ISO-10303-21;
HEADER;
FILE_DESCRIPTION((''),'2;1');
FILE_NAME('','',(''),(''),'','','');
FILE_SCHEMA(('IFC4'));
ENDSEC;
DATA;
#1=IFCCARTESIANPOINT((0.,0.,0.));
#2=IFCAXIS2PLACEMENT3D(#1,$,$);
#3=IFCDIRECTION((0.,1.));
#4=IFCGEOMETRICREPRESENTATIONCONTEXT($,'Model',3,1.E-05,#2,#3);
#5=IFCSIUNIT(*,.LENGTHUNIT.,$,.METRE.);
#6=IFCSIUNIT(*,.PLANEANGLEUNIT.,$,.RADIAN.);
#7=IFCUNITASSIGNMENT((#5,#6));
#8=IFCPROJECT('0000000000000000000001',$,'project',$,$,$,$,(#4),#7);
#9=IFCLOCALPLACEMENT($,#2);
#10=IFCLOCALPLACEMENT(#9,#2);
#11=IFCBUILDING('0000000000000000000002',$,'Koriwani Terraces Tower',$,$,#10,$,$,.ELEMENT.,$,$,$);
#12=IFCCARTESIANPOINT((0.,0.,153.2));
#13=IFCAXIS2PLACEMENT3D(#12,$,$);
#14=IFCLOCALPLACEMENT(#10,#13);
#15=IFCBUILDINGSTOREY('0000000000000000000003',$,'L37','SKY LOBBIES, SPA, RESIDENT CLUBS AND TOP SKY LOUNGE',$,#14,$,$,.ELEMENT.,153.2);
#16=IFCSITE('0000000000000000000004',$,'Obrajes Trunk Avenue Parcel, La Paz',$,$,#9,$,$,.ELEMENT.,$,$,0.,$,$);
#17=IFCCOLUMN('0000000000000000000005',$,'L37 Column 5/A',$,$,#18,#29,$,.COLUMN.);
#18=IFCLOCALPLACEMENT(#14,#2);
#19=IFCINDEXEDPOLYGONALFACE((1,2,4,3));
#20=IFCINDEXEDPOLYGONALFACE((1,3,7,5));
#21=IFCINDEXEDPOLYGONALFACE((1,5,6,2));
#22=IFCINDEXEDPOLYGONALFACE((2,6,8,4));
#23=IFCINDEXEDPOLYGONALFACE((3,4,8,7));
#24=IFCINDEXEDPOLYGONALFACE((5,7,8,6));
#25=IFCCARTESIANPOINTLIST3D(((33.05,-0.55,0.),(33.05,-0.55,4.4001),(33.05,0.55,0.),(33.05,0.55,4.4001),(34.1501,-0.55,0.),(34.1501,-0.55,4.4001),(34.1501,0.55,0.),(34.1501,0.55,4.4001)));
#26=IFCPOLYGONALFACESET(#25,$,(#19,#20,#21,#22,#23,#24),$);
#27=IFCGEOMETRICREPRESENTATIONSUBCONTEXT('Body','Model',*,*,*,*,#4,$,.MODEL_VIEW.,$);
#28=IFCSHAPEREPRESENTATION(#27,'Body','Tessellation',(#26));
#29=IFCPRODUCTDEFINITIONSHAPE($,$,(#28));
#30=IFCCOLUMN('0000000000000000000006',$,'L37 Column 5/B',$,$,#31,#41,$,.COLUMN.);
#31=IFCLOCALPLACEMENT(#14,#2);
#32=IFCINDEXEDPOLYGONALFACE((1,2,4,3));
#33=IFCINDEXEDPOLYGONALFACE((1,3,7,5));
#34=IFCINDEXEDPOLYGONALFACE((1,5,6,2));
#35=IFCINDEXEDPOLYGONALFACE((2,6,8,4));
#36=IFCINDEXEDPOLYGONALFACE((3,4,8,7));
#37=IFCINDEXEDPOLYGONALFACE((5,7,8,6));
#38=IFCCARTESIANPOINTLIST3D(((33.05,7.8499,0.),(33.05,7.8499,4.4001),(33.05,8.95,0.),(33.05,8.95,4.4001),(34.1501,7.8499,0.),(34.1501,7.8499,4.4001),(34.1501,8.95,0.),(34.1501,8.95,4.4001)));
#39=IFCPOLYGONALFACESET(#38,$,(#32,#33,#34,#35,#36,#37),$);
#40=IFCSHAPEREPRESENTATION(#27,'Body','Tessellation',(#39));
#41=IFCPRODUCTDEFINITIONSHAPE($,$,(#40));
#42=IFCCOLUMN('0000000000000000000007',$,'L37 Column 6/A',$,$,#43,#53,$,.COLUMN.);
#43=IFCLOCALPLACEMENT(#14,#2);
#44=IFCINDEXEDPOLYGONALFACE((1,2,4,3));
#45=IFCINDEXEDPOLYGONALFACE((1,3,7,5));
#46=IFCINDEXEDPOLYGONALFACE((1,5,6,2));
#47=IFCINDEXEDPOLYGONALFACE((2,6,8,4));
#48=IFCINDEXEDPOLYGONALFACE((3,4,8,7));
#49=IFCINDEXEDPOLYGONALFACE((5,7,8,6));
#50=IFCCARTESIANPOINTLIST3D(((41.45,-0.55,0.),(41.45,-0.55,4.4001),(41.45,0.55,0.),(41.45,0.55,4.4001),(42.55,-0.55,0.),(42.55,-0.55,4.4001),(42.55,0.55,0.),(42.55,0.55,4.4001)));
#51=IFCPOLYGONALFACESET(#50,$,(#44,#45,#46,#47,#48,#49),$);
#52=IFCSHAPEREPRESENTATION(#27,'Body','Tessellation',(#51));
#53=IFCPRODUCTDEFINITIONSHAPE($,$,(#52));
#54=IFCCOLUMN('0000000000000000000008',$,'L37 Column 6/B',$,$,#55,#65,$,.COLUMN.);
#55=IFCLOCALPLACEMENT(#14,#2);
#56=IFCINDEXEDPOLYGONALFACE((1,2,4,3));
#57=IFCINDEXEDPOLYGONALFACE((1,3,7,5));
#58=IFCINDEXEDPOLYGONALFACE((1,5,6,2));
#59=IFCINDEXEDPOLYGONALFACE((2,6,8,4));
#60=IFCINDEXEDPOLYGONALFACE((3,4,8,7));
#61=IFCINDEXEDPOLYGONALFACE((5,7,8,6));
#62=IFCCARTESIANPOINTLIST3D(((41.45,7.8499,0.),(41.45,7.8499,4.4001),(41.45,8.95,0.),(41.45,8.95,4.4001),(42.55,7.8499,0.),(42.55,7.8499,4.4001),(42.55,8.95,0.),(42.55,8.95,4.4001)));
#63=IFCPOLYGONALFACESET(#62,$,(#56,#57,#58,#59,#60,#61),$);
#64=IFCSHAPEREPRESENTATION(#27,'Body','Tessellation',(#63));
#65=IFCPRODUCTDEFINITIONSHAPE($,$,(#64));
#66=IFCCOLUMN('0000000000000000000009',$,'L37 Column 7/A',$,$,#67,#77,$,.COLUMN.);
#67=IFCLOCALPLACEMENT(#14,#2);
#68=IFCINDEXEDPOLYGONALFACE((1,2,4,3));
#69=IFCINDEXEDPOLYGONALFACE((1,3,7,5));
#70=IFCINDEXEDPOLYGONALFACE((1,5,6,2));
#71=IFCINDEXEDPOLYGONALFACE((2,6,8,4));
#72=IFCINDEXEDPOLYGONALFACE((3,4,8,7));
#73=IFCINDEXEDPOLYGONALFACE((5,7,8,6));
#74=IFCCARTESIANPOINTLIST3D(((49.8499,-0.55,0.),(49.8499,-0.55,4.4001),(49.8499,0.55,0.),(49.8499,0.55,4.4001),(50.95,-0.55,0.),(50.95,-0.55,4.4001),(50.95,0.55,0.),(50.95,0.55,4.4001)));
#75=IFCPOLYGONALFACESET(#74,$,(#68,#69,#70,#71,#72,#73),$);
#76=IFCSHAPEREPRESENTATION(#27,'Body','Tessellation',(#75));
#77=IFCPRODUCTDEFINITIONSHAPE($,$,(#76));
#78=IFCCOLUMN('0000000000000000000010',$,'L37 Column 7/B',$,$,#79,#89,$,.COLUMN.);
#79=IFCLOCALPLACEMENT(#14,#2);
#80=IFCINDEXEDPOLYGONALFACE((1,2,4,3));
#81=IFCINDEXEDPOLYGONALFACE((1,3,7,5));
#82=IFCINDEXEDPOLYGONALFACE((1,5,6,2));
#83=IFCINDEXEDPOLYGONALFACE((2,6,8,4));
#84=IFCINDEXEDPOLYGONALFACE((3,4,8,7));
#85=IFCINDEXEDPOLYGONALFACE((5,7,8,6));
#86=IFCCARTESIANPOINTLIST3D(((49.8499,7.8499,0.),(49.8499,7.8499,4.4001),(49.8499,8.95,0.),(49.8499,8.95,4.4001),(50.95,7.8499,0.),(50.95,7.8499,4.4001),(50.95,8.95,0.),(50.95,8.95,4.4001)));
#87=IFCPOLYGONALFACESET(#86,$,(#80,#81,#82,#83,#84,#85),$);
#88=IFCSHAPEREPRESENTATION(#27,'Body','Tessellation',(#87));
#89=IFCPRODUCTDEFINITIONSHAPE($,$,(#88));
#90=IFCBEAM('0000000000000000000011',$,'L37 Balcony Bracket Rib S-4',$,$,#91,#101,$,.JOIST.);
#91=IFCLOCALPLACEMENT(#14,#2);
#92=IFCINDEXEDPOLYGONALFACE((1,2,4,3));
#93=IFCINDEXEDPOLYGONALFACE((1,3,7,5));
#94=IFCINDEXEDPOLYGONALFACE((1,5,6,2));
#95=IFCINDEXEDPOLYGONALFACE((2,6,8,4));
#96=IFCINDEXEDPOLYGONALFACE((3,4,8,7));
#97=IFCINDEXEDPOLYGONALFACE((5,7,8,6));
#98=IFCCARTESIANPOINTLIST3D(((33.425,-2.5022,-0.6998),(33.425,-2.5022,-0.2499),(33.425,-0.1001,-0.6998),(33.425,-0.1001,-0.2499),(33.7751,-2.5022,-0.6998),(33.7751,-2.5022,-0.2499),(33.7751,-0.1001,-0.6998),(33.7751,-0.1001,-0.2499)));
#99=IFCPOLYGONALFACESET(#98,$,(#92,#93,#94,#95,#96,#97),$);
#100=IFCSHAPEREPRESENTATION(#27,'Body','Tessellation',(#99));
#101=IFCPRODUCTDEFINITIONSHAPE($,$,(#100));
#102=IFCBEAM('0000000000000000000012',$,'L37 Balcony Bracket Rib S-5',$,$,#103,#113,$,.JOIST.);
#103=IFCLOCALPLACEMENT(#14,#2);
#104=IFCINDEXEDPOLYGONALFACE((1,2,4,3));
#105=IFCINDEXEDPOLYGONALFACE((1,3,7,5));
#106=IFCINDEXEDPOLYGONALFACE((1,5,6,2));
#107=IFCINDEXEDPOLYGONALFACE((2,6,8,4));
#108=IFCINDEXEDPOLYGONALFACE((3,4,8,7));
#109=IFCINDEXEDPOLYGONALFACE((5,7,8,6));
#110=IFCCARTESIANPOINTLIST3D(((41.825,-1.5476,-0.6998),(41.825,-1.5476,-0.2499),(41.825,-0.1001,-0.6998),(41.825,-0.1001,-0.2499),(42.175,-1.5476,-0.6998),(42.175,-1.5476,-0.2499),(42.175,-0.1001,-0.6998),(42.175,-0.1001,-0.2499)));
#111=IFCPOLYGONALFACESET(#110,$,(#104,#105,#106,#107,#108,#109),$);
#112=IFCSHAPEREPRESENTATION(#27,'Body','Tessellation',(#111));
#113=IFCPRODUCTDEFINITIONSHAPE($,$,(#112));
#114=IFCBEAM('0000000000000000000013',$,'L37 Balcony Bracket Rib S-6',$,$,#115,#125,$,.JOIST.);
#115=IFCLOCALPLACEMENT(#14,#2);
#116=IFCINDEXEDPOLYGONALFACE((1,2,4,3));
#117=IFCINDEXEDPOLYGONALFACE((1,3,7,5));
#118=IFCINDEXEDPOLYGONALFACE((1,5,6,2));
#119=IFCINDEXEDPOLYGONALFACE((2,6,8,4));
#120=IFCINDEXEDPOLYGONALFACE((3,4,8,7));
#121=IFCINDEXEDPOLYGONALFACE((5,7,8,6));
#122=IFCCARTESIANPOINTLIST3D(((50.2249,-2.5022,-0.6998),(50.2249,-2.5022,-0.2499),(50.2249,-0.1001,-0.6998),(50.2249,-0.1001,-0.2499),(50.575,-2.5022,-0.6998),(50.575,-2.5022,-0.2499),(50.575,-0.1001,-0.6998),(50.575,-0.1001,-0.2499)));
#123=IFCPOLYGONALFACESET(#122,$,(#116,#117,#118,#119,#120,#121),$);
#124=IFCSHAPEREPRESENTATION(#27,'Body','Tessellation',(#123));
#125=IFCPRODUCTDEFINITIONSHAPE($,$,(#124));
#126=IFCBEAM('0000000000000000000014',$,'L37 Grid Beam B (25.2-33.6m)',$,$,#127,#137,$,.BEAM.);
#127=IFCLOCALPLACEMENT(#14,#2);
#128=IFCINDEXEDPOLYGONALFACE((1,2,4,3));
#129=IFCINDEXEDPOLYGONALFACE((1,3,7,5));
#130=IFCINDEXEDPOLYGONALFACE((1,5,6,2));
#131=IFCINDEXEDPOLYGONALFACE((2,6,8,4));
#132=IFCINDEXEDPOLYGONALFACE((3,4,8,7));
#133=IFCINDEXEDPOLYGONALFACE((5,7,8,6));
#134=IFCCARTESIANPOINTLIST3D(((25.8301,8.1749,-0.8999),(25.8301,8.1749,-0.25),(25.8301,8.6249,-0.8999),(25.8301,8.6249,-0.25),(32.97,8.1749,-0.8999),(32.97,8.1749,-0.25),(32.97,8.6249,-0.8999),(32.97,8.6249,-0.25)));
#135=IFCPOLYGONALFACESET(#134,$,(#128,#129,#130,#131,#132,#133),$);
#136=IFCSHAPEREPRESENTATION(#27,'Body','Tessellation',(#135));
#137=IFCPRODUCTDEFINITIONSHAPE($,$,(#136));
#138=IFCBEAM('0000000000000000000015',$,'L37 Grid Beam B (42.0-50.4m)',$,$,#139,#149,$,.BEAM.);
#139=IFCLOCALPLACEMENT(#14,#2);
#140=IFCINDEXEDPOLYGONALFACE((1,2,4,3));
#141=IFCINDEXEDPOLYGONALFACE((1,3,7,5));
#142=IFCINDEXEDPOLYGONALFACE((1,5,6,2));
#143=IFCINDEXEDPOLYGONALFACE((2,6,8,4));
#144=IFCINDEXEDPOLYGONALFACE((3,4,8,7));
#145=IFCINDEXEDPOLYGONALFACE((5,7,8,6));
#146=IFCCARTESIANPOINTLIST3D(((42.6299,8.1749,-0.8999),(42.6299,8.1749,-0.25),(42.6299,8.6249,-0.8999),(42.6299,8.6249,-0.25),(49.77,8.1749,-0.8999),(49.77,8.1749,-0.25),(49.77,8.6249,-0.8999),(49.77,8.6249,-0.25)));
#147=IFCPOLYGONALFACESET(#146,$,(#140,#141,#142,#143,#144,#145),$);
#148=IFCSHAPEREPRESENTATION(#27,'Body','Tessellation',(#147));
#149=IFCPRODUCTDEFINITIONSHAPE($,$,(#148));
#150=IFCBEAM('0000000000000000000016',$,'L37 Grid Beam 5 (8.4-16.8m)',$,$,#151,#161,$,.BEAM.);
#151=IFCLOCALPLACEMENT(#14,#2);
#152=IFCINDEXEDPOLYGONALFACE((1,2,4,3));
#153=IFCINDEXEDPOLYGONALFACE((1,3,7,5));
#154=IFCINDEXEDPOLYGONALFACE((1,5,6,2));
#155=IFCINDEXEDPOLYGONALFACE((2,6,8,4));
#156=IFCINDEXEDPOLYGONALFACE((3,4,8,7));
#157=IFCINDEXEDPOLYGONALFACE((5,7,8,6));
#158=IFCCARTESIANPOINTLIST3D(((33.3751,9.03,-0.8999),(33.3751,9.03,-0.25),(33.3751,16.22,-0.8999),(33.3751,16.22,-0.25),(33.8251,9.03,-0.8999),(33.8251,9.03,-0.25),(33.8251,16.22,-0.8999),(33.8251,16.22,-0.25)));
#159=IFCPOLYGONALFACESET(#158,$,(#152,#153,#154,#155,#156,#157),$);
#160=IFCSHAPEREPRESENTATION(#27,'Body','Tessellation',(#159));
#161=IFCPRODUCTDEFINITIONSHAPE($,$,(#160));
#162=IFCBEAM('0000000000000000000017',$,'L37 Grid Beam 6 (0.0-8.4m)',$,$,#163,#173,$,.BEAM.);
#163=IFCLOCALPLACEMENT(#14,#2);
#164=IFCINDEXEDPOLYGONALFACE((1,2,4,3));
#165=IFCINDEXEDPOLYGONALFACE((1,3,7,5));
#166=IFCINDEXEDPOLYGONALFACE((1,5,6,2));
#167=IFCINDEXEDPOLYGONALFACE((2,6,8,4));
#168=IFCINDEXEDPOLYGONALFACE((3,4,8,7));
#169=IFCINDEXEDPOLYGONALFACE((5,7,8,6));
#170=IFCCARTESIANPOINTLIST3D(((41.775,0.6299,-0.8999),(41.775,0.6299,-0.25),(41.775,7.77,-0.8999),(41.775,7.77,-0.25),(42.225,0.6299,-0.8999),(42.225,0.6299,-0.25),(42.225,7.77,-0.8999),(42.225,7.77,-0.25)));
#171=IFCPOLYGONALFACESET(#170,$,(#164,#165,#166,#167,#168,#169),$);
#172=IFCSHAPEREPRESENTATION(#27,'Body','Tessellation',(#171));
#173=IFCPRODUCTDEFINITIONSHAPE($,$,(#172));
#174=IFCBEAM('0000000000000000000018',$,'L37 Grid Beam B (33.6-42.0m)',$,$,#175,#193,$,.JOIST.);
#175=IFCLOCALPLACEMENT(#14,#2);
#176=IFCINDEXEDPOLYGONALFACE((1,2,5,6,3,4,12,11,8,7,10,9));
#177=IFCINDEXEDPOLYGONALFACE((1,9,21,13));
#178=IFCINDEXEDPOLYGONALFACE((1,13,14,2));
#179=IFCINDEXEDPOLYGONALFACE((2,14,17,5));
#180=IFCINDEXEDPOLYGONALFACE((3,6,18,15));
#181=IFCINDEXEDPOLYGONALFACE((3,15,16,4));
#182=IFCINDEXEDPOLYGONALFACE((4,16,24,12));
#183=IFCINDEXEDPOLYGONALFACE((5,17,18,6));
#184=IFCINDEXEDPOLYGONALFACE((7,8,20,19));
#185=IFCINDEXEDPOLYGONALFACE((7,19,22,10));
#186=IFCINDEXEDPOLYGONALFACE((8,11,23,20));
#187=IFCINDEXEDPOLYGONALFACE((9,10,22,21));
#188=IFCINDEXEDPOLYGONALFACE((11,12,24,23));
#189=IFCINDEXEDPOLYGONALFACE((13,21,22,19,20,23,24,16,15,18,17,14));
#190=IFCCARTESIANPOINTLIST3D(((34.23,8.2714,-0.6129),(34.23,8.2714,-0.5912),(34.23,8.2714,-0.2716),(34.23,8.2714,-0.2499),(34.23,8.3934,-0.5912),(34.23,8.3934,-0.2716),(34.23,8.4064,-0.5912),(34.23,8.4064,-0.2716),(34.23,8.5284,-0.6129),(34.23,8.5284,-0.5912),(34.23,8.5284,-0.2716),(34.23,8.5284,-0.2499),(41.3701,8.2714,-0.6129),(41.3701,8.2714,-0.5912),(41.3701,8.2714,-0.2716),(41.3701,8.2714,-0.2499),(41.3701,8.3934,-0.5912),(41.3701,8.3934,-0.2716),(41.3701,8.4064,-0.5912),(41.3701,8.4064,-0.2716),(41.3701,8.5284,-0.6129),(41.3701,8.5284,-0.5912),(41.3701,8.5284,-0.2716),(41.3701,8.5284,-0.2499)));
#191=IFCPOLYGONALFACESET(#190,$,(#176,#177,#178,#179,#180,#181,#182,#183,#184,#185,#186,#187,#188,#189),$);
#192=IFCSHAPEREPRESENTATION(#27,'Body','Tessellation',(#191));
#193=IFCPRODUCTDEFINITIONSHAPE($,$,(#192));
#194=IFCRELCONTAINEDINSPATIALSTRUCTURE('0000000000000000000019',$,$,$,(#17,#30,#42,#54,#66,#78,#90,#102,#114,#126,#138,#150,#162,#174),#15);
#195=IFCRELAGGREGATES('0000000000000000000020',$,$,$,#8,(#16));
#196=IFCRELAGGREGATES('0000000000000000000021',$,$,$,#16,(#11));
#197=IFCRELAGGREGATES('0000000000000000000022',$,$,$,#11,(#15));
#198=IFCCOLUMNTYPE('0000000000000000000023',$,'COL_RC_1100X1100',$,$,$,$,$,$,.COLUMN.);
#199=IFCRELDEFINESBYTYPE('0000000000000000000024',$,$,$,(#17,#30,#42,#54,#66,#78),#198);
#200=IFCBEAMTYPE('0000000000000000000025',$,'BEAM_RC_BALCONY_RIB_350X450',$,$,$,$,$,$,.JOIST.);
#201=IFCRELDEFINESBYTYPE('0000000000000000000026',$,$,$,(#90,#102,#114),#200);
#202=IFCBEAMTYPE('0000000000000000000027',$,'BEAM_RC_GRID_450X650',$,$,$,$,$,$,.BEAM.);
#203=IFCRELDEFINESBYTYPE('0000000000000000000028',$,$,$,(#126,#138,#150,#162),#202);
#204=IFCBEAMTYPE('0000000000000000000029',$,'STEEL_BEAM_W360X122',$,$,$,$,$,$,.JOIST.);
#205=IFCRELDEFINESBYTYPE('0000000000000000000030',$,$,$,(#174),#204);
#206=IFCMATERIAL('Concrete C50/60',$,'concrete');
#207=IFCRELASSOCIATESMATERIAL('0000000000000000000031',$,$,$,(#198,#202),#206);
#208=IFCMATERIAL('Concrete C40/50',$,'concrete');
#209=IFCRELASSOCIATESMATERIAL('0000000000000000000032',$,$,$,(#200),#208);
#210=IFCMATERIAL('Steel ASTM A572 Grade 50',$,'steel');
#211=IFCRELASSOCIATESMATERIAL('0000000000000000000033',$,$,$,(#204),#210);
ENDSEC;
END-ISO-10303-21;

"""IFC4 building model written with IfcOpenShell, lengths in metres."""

from ifc_helpers import new_model, si_unit, direction, frame, origin, origin_2d, place, context, subcontext, project, spatial, rectangle, i_section, extrude, material, material_profile, profile_set, type_object, element, save


model = new_model("IFC4")

# Units and contexts
model_context = context("Model", 3, precision=1e-05, world=origin(), true_north=direction((0.0, 1.0)))
body_context = subcontext(model_context, "Body", "Model", "MODEL_VIEW")
ifc_project = project(units=[si_unit("LENGTHUNIT", "METRE"), si_unit("PLANEANGLEUNIT", "RADIAN")], contexts=[model_context])

# Site, building, storey
site_placement = place(None, origin())
site = spatial("IfcSite", under=ifc_project, at=site_placement, Name="Obrajes Trunk Avenue Parcel, La Paz", CompositionType="ELEMENT", RefElevation=0.0)
building_placement = place(site_placement, origin())
building = spatial("IfcBuilding", under=site, at=building_placement, Name="Koriwani Terraces Tower", CompositionType="ELEMENT")
storey_placement = place(building_placement, frame((0.0, 0.0, 153.2)))
storey = spatial("IfcBuildingStorey", under=building, at=storey_placement, Name="L37", Description="SKY LOBBIES, SPA, RESIDENT CLUBS AND TOP SKY LOUNGE", CompositionType="ELEMENT", Elevation=153.2)

# Columns
ifc_material_1 = material(Name="Concrete C50/60", Category="concrete")
ifc_material_profile_1 = material_profile(ifc_material_1, rectangle(XDim=1.1001, YDim=1.1001, at=origin_2d()), Name="Concrete C50/60", Category="LoadBearing")
ifc_profile_set_1 = profile_set([ifc_material_profile_1], Name="Concrete C50/60")
column_type = type_object("IfcColumnType", Name="COL_RC_1100X1100", PredefinedType="COLUMN", material=ifc_profile_set_1)
for number, where, z_axis, x_axis, name in (
    (1, (33.6001, 0.0, 0.0), (0.0, 0.0, 1.0), (1.0, 0.0, 0.0), "L37 Column 5/A"),
    (2, (33.6001, 8.3999, 0.0), (0.0, 0.0, 1.0), (1.0, 0.0, 0.0), "L37 Column 5/B"),
    (3, (42.0, 0.0, 0.0), (0.0, 0.0, 1.0), (1.0, 0.0, 0.0), "L37 Column 6/A"),
    (4, (42.0, 8.3999, 0.0), (0.0, 0.0, 1.0), (1.0, 0.0, 0.0), "L37 Column 6/B"),
    (5, (50.3999, 0.0, 0.0), (0.0, 0.0, 1.0), (1.0, 0.0, 0.0), "L37 Column 7/A"),
    (6, (50.3999, 8.3999, 0.0), (0.0, 0.0, 1.0), (1.0, 0.0, 0.0), "L37 Column 7/B"),
):
    element("IfcColumn", number, at=place(storey_placement, frame(where, z_axis=z_axis, x_axis=x_axis)), inside=storey, type_object=column_type, Name=name, PredefinedType="COLUMN", context=body_context, shape_type="SweptSolid", body=[
        extrude(rectangle(XDim=1.1001, YDim=1.1001, at=origin_2d()), origin(), (0.0, 0.0, 1.0), 4.4001),
    ])

# Beams
ifc_material_2 = material(Name="Concrete C40/50", Category="concrete")
ifc_material_profile_2 = material_profile(ifc_material_2, rectangle(XDim=0.3501, YDim=0.45, at=origin_2d()), Name="Concrete C40/50", Category="LoadBearing")
ifc_profile_set_2 = profile_set([ifc_material_profile_2], Name="Concrete C40/50")
beam_type_1 = type_object("IfcBeamType", Name="BEAM_RC_BALCONY_RIB_350X450", PredefinedType="JOIST", material=ifc_profile_set_2)
beam_1_placement = place(storey_placement, frame((33.6001, -2.5022, -0.4749), z_axis=(0.0, 1.0, 0.0), x_axis=(-1.0, 0.0, 0.0)))
element("IfcBeam", 7, at=beam_1_placement, inside=storey, type_object=beam_type_1, Name="L37 Balcony Bracket Rib S-4", PredefinedType="JOIST", context=body_context, shape_type="SweptSolid", body=[
    extrude(rectangle(XDim=0.3501, YDim=0.45, at=origin_2d()), origin(), (0.0, 0.0, 1.0), 2.4021),
])
beam_2_placement = place(storey_placement, frame((42.0, -1.5476, -0.4749), z_axis=(0.0, 1.0, 0.0), x_axis=(-1.0, 0.0, 0.0)))
element("IfcBeam", 8, at=beam_2_placement, inside=storey, type_object=beam_type_1, Name="L37 Balcony Bracket Rib S-5", PredefinedType="JOIST", context=body_context, shape_type="SweptSolid", body=[
    extrude(rectangle(XDim=0.3501, YDim=0.45, at=origin_2d()), origin(), (0.0, 0.0, 1.0), 1.4475),
])
beam_3_placement = place(storey_placement, frame((50.3999, -2.5022, -0.4749), z_axis=(0.0, 1.0, 0.0), x_axis=(-1.0, 0.0, 0.0)))
element("IfcBeam", 9, at=beam_3_placement, inside=storey, type_object=beam_type_1, Name="L37 Balcony Bracket Rib S-6", PredefinedType="JOIST", context=body_context, shape_type="SweptSolid", body=[
    extrude(rectangle(XDim=0.3501, YDim=0.45, at=origin_2d()), origin(), (0.0, 0.0, 1.0), 2.4021),
])
ifc_material_profile_3 = material_profile(ifc_material_1, rectangle(XDim=0.45, YDim=0.6499, at=origin_2d()), Name="Concrete C50/60", Category="LoadBearing")
ifc_profile_set_3 = profile_set([ifc_material_profile_3], Name="Concrete C50/60")
beam_type_2 = type_object("IfcBeamType", Name="BEAM_RC_GRID_450X650", PredefinedType="BEAM", material=ifc_profile_set_3)
beam_4_placement = place(storey_placement, frame((25.8301, 8.3999, -0.575), z_axis=(1.0, 0.0, 0.0), x_axis=(0.0, 1.0, 0.0)))
element("IfcBeam", 10, at=beam_4_placement, inside=storey, type_object=beam_type_2, Name="L37 Grid Beam B (25.2-33.6m)", PredefinedType="BEAM", context=body_context, shape_type="SweptSolid", body=[
    extrude(rectangle(XDim=0.45, YDim=0.6499, at=origin_2d()), origin(), (0.0, 0.0, 1.0), 7.1399),
])
beam_5_placement = place(storey_placement, frame((42.6299, 8.3999, -0.575), z_axis=(1.0, 0.0, 0.0), x_axis=(0.0, 1.0, 0.0)))
element("IfcBeam", 11, at=beam_5_placement, inside=storey, type_object=beam_type_2, Name="L37 Grid Beam B (42.0-50.4m)", PredefinedType="BEAM", context=body_context, shape_type="SweptSolid", body=[
    extrude(rectangle(XDim=0.45, YDim=0.6499, at=origin_2d()), origin(), (0.0, 0.0, 1.0), 7.1401),
])
beam_6_placement = place(storey_placement, frame((33.6001, 9.03, -0.575), z_axis=(0.0, 1.0, 0.0), x_axis=(-1.0, 0.0, 0.0)))
element("IfcBeam", 12, at=beam_6_placement, inside=storey, type_object=beam_type_2, Name="L37 Grid Beam 5 (8.4-16.8m)", PredefinedType="BEAM", context=body_context, shape_type="SweptSolid", body=[
    extrude(rectangle(XDim=0.45, YDim=0.6499, at=origin_2d()), origin(), (0.0, 0.0, 1.0), 7.1899),
])
beam_7_placement = place(storey_placement, frame((42.0, 0.6299, -0.575), z_axis=(0.0, 1.0, 0.0), x_axis=(-1.0, 0.0, 0.0)))
element("IfcBeam", 13, at=beam_7_placement, inside=storey, type_object=beam_type_2, Name="L37 Grid Beam 6 (0.0-8.4m)", PredefinedType="BEAM", context=body_context, shape_type="SweptSolid", body=[
    extrude(rectangle(XDim=0.45, YDim=0.6499, at=origin_2d()), origin(), (0.0, 0.0, 1.0), 7.1401),
])
ifc_material_3 = material(Name="Steel ASTM A572 Grade 50", Category="steel")
ifc_material_profile_4 = material_profile(ifc_material_3, i_section(OverallWidth=0.2571, OverallDepth=0.363, WebThickness=0.0129, FlangeThickness=0.0217, at=origin_2d()), Name="Steel ASTM A572 Grade 50", Category="LoadBearing")
ifc_profile_set_4 = profile_set([ifc_material_profile_4], Name="Steel ASTM A572 Grade 50")
beam_type_3 = type_object("IfcBeamType", Name="STEEL_BEAM_W360X122", PredefinedType="JOIST", material=ifc_profile_set_4)
beam_8_placement = place(storey_placement, frame((34.23, 8.3999, -0.4314), z_axis=(1.0, 0.0, 0.0), x_axis=(0.0, 1.0, 0.0)))
element("IfcBeam", 14, at=beam_8_placement, inside=storey, type_object=beam_type_3, Name="L37 Grid Beam B (33.6-42.0m)", PredefinedType="JOIST", context=body_context, shape_type="SweptSolid", body=[
    extrude(i_section(OverallWidth=0.2571, OverallDepth=0.363, WebThickness=0.0129, FlangeThickness=0.0217, at=origin_2d()), origin(), (0.0, 0.0, 1.0), 7.1401),
])

save(model, "model.ifc")
